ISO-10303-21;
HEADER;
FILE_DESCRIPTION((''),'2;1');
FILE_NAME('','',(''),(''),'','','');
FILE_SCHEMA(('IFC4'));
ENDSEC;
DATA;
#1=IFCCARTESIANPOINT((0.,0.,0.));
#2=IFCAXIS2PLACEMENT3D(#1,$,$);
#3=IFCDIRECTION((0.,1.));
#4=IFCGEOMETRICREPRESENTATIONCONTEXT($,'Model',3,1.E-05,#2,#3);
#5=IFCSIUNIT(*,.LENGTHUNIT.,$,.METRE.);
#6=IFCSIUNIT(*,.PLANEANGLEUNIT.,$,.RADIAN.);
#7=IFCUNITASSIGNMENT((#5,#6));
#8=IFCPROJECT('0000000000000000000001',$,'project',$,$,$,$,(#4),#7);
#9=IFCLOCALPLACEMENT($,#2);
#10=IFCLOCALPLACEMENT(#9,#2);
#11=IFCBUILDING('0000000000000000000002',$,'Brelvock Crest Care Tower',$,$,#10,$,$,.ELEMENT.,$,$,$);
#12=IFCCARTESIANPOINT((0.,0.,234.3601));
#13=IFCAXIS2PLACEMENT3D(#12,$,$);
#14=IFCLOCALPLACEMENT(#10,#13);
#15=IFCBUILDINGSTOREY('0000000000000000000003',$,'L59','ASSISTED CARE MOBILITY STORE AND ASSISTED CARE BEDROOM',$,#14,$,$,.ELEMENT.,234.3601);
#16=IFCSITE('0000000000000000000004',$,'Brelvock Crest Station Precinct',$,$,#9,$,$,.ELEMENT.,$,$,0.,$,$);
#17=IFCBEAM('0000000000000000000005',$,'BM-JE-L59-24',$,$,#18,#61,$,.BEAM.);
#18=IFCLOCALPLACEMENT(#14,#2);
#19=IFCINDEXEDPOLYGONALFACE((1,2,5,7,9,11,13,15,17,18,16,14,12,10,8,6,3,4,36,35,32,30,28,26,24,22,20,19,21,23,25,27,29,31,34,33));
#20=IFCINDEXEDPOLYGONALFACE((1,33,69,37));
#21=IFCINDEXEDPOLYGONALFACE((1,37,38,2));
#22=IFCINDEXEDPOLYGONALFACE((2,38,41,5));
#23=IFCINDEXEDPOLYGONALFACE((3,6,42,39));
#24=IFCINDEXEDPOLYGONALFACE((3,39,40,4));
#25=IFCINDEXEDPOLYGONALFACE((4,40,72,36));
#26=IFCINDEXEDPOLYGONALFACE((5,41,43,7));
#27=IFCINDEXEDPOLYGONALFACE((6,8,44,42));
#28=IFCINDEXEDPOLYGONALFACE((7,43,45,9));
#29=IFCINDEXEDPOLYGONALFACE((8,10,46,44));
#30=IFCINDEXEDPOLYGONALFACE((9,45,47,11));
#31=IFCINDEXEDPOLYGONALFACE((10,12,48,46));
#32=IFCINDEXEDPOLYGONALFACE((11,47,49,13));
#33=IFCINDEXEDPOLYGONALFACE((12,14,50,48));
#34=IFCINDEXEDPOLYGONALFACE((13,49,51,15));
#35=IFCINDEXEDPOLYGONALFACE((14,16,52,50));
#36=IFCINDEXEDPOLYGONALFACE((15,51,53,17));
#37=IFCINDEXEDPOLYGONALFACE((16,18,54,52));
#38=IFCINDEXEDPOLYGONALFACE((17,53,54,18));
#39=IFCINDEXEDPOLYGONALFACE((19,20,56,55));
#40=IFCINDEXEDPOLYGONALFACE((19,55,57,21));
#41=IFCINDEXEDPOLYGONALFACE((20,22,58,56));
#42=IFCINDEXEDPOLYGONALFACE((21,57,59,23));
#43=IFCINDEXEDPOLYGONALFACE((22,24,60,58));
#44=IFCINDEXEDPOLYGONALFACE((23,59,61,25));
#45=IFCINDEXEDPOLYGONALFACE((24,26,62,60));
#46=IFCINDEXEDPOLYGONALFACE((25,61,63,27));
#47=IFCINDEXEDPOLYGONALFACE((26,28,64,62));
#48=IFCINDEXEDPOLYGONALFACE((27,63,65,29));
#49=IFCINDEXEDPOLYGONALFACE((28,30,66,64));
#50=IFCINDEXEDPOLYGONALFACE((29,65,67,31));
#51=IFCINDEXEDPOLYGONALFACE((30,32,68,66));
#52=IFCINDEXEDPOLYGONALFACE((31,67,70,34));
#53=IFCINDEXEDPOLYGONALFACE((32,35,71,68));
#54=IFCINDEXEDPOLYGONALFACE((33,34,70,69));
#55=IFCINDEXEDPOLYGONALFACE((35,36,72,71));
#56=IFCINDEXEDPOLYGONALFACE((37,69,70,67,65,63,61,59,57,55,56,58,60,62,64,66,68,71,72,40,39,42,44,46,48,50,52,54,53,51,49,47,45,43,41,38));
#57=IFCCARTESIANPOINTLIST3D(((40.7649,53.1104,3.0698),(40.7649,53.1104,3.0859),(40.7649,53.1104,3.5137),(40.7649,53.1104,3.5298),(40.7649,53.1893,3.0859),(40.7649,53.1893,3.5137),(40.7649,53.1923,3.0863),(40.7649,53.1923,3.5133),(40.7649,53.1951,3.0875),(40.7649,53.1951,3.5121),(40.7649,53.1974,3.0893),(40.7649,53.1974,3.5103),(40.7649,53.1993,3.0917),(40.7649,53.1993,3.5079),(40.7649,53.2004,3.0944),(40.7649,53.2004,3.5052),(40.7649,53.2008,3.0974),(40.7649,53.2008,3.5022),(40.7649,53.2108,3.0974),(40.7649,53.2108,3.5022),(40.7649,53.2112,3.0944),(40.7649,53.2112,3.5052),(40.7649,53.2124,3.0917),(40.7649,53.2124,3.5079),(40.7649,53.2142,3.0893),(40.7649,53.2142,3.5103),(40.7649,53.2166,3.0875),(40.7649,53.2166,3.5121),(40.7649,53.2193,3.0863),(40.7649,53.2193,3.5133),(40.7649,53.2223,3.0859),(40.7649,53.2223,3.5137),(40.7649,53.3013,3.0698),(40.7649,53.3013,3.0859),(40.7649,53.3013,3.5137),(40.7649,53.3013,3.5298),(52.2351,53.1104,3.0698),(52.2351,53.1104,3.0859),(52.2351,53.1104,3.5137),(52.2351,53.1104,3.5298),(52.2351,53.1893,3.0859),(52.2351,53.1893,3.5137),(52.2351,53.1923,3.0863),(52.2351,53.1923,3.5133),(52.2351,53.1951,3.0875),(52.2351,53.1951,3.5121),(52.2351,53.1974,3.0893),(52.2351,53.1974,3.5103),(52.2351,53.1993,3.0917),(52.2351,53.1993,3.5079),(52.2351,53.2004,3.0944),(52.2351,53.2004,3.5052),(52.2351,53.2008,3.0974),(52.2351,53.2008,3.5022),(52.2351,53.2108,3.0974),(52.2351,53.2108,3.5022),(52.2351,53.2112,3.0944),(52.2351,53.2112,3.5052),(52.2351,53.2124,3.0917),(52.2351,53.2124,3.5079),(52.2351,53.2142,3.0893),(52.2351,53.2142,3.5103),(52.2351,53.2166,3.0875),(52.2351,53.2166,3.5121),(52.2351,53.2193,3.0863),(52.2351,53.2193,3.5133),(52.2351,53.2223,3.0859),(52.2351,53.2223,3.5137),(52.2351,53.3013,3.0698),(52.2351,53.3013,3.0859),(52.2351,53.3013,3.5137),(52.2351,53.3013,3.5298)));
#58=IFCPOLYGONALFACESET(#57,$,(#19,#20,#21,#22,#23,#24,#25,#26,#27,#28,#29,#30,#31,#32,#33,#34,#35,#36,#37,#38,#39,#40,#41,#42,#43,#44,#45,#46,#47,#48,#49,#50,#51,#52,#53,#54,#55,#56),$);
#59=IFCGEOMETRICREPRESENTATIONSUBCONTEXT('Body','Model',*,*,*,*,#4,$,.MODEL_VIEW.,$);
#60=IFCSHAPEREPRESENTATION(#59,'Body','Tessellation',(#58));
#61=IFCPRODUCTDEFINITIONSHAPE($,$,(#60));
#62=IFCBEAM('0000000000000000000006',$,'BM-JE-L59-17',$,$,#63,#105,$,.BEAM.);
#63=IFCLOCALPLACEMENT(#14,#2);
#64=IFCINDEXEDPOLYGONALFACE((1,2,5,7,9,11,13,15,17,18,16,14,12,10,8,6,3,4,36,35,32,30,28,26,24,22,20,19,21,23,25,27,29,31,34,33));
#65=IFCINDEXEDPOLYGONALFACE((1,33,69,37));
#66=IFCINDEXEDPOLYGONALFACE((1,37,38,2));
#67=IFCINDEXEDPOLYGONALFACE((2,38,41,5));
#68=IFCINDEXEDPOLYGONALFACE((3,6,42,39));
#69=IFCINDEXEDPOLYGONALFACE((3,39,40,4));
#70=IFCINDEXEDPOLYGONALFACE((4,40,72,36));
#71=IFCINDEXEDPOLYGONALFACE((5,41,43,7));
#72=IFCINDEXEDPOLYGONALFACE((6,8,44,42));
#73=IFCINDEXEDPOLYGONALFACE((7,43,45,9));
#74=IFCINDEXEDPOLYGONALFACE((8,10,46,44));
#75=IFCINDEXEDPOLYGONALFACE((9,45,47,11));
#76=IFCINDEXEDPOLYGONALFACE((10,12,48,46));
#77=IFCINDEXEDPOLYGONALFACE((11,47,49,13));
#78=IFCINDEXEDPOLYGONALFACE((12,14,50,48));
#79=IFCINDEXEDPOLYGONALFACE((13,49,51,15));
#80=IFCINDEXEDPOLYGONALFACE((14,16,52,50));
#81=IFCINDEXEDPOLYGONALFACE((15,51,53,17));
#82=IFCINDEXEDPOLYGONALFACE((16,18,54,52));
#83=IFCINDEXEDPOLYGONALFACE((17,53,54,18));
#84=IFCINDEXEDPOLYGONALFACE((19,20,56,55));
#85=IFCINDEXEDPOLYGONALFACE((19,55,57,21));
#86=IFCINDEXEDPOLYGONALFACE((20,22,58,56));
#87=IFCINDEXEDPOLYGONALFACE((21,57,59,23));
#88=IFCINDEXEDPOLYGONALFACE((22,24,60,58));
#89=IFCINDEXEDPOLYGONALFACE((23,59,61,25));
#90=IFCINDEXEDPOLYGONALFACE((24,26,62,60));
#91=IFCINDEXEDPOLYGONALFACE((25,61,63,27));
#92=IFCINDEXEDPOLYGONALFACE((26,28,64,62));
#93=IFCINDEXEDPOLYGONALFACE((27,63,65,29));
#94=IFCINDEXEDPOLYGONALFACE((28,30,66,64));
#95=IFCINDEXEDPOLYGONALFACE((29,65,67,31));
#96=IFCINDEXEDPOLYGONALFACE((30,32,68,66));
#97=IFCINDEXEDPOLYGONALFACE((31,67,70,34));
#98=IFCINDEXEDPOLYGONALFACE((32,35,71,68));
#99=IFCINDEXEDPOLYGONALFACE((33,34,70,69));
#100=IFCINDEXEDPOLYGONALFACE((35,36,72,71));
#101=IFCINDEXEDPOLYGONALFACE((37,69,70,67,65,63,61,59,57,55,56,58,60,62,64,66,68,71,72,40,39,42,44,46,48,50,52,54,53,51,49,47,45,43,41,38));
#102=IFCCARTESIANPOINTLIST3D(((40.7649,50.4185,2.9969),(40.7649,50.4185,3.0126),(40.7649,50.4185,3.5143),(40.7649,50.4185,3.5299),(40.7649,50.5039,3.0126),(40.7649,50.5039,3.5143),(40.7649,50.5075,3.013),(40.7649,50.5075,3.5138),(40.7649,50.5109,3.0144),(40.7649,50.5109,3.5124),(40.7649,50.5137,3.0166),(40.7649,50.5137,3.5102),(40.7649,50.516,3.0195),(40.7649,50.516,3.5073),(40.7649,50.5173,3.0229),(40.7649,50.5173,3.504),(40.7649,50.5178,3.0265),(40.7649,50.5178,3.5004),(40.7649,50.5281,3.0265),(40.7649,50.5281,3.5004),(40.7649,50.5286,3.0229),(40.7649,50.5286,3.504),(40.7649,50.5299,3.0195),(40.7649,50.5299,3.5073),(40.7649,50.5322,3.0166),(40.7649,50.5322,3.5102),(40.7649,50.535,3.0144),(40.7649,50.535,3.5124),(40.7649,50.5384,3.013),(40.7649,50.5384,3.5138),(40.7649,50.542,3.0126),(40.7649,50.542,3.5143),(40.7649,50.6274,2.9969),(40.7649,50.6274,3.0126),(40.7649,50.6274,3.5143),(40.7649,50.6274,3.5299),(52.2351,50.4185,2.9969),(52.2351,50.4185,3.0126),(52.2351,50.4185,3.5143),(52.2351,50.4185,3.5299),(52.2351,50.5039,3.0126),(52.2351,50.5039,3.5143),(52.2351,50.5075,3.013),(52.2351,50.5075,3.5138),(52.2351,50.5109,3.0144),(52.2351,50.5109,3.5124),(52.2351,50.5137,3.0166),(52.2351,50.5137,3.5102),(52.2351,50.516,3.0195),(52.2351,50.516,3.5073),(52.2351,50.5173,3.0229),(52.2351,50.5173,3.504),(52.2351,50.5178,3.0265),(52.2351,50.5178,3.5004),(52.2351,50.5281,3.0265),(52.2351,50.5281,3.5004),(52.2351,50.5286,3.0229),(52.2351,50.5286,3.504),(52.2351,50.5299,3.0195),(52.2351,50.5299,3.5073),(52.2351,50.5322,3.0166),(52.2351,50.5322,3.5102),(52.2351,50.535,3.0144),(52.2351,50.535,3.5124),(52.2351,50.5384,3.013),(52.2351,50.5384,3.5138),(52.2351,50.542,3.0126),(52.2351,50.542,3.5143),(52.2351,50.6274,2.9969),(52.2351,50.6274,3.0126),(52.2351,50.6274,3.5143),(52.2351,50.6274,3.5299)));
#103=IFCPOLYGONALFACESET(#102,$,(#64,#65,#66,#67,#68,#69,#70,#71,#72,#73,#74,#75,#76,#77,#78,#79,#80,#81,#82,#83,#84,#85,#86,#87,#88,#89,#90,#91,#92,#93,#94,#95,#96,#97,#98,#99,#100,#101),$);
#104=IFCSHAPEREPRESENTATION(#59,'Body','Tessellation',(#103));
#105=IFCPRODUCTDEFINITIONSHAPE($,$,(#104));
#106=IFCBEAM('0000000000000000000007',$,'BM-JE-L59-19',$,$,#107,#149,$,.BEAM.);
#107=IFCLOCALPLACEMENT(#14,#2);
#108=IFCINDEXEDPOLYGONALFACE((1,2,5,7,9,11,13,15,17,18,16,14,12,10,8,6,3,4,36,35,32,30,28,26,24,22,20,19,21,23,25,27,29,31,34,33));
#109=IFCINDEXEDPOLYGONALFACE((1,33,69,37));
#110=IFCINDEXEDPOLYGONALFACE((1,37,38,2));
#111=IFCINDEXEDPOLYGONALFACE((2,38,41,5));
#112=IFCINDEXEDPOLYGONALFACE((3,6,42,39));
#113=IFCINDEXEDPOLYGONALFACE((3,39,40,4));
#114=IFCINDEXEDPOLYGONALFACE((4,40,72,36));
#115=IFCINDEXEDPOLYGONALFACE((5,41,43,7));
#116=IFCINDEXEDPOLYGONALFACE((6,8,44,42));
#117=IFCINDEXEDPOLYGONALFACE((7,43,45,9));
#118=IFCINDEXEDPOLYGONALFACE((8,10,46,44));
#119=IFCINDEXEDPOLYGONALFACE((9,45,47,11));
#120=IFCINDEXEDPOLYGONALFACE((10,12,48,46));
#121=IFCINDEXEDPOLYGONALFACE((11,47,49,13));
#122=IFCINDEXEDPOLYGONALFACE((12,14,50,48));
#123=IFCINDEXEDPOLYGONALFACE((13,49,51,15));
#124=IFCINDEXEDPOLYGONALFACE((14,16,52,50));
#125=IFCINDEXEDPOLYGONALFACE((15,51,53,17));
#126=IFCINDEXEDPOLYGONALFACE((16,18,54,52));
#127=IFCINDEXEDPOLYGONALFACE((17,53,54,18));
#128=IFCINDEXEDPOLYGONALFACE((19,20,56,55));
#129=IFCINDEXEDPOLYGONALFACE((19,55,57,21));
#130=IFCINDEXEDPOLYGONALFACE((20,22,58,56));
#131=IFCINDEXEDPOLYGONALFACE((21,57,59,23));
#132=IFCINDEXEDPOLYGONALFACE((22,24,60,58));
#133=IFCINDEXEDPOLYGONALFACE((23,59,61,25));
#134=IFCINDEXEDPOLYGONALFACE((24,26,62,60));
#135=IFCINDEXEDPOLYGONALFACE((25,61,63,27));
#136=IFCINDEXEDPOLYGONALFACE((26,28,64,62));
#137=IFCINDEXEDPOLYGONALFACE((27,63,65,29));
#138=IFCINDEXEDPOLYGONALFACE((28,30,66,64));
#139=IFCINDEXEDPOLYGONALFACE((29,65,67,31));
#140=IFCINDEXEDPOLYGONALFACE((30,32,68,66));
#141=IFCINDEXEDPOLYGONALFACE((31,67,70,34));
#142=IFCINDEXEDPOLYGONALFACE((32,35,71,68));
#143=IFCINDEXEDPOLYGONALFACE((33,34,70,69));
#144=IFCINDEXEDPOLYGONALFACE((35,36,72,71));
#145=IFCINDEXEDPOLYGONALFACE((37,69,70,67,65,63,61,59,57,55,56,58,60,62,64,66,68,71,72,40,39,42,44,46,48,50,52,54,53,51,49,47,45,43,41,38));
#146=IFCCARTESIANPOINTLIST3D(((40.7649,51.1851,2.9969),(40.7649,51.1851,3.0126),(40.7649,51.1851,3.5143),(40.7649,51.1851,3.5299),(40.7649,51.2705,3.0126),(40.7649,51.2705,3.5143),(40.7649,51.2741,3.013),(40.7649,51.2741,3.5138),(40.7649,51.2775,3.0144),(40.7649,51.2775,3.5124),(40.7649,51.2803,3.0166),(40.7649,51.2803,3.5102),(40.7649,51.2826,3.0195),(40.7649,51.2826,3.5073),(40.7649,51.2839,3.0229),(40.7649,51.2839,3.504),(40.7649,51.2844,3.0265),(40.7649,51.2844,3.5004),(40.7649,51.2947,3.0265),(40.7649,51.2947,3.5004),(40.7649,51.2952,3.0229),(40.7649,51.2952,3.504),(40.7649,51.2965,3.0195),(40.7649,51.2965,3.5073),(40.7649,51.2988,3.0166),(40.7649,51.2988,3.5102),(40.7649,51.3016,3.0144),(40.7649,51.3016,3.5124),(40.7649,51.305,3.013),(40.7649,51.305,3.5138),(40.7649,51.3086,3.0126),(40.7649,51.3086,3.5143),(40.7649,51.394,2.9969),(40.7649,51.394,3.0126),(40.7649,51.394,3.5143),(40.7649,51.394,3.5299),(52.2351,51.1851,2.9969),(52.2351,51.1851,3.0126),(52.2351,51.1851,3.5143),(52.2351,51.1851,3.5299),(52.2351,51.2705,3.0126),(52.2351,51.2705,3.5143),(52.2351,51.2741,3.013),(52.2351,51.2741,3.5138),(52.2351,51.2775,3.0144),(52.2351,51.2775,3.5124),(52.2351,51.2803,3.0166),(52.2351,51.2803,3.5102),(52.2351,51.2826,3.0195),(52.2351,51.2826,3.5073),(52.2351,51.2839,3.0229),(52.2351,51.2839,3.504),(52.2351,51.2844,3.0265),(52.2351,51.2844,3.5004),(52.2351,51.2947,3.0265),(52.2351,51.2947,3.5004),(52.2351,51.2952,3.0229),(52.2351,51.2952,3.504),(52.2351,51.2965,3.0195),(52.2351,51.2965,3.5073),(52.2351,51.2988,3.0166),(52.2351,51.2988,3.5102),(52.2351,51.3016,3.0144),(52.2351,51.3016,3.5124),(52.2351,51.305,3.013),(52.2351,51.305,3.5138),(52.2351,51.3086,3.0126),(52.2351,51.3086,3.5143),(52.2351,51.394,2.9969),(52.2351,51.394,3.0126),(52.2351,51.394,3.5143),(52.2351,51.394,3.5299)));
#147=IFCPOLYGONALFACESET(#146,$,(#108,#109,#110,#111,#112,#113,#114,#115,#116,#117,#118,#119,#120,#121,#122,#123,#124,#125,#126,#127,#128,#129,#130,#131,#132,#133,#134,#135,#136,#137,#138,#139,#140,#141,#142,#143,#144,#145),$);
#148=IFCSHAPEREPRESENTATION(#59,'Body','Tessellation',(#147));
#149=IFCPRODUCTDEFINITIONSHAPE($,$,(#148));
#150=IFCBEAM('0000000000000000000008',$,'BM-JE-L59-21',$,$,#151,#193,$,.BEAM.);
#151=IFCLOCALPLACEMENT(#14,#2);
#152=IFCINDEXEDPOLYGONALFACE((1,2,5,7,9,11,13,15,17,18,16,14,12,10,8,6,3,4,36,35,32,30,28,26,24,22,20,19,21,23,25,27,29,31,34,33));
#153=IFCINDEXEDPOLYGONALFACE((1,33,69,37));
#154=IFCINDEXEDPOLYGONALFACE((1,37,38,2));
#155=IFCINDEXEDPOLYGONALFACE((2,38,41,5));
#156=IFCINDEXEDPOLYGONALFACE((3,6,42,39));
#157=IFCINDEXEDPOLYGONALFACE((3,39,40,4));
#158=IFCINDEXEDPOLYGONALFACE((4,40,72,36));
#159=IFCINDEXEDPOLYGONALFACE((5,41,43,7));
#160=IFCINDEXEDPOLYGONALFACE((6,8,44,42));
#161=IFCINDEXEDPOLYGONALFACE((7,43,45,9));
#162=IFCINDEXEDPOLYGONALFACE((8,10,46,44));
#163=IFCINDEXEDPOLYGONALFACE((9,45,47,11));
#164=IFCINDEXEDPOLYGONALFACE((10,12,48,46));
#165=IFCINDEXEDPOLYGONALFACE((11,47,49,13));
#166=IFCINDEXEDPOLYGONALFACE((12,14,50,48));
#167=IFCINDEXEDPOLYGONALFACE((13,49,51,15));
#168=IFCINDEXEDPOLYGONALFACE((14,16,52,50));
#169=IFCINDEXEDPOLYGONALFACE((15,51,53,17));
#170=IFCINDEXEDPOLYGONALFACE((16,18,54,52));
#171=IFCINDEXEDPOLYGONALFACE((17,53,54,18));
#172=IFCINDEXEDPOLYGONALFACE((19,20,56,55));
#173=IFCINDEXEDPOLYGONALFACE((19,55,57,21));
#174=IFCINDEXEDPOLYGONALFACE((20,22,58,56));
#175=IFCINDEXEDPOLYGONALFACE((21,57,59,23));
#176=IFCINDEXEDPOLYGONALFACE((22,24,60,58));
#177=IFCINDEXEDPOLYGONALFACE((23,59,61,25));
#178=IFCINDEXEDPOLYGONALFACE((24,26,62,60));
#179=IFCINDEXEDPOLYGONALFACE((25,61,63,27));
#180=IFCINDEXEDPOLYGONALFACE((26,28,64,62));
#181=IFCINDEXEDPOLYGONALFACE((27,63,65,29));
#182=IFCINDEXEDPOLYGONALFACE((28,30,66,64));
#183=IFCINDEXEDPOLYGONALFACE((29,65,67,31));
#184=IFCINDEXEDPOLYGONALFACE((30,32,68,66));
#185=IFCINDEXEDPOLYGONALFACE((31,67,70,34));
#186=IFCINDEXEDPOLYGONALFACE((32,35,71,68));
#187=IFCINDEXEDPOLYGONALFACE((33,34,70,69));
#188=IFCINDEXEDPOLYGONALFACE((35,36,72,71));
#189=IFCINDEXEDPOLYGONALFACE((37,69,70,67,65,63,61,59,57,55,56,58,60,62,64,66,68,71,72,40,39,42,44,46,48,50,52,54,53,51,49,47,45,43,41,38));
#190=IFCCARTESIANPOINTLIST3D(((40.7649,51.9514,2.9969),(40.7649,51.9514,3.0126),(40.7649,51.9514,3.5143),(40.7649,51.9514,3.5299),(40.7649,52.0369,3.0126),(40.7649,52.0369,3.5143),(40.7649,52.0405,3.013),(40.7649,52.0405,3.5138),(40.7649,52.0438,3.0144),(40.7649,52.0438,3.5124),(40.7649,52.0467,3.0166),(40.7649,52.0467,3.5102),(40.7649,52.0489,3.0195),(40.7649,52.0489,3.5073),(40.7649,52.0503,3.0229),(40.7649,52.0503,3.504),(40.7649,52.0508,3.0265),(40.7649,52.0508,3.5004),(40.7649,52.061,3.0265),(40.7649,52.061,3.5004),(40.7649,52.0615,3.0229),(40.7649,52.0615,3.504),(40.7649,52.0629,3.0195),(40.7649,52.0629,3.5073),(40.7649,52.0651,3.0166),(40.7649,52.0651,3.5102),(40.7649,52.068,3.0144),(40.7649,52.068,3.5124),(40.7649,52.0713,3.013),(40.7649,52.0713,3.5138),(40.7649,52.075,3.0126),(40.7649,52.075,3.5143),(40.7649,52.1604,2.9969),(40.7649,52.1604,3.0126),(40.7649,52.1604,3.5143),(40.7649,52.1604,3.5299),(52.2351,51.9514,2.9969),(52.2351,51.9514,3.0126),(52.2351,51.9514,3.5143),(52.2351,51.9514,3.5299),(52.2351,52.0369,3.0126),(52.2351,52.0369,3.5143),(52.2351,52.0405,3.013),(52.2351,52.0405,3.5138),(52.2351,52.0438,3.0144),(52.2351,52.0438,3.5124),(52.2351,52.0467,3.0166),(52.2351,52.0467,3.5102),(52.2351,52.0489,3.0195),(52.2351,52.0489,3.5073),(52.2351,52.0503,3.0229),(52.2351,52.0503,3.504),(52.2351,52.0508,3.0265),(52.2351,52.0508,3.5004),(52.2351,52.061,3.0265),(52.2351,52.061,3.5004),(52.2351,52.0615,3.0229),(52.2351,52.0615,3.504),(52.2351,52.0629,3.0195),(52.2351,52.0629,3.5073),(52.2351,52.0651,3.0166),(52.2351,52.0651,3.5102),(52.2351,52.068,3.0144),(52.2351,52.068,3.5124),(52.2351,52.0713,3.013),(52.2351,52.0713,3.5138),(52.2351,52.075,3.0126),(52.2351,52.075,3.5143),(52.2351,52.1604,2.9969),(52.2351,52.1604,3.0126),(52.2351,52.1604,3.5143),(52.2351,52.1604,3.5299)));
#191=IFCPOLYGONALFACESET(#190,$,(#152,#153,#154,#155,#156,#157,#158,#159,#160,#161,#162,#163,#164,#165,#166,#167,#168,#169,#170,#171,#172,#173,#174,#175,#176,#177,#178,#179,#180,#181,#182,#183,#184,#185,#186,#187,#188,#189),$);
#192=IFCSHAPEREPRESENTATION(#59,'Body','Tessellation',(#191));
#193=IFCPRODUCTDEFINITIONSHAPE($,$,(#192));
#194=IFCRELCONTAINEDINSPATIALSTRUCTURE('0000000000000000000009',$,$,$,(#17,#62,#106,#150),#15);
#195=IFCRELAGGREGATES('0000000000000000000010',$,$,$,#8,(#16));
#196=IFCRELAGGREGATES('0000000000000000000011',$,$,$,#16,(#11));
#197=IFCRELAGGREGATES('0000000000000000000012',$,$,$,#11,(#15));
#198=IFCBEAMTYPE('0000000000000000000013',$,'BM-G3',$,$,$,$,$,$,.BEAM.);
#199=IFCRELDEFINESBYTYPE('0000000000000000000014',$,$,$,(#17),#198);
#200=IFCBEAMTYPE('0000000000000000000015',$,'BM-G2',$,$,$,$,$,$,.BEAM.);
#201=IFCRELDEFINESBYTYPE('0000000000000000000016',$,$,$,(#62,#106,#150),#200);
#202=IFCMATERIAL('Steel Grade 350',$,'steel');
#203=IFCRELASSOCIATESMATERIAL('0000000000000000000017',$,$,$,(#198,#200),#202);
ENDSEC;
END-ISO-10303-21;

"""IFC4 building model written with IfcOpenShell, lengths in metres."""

from ifc_helpers import new_model, si_unit, direction, frame, origin, origin_2d, place, context, subcontext, project, spatial, i_section, extrude, source, transform, mapped, material, material_profile, profile_set, type_object, element, save


model = new_model("IFC4")

# Units and contexts
model_context = context("Model", 3, precision=1e-05, world=origin(), true_north=direction((0.0, 1.0)))
body_context = subcontext(model_context, "Body", "Model", "MODEL_VIEW")
ifc_project = project(units=[si_unit("LENGTHUNIT", "METRE"), si_unit("PLANEANGLEUNIT", "RADIAN")], contexts=[model_context])

# Site, building, storey
site_placement = place(None, origin())
site = spatial("IfcSite", under=ifc_project, at=site_placement, Name="Brelvock Crest Station Precinct", CompositionType="ELEMENT", RefElevation=0.0)
building_placement = place(site_placement, origin())
building = spatial("IfcBuilding", under=site, at=building_placement, Name="Brelvock Crest Care Tower", CompositionType="ELEMENT")
storey_placement = place(building_placement, frame((0.0, 0.0, 234.3601)))
storey = spatial("IfcBuildingStorey", under=building, at=storey_placement, Name="L59", Description="ASSISTED CARE MOBILITY STORE AND ASSISTED CARE BEDROOM", CompositionType="ELEMENT", Elevation=234.3601)

# Beams
ifc_material_1 = material(Name="Steel Grade 350", Category="steel")
ifc_material_profile_1 = material_profile(ifc_material_1, i_section(OverallWidth=0.1909, OverallDepth=0.46, WebThickness=0.01, FlangeThickness=0.0161, FilletRadius=0.0115, at=origin_2d()), Name="460UB82.1")
ifc_profile_set_1 = profile_set([ifc_material_profile_1], Name="Steel Grade 350")
beam_type_1 = type_object("IfcBeamType", Name="BM-G3", PredefinedType="BEAM", material=ifc_profile_set_1)
shared_shape_1 = source(origin(), body_context, "Body", "SweptSolid", [
    extrude(i_section(OverallWidth=0.1909, OverallDepth=0.46, WebThickness=0.01, FlangeThickness=0.0161, FilletRadius=0.0115, at=origin_2d()), origin(), (0.0, 0.0, 1.0), 11.4702),
])
for number, where, z_axis, x_axis, name in (
    (1, (40.7649, 53.2058, 3.2998), (1.0, 0.0, 0.0), (0.0, 1.0, 0.0), "BM-JE-L59-24"),
):
    element("IfcBeam", number, at=place(storey_placement, frame(where, z_axis=z_axis, x_axis=x_axis)), inside=storey, type_object=beam_type_1, Name=name, PredefinedType="BEAM", context=body_context, shape_type="MappedRepresentation", body=[
        mapped(shared_shape_1, transform((0.0, 0.0, 0.0), x_axis=(1.0, 0.0, 0.0), y_axis=(0.0, 1.0, 0.0), z_axis=(0.0, 0.0, 1.0), scale=1.0)),
    ])
ifc_material_profile_2 = material_profile(ifc_material_1, i_section(OverallWidth=0.209, OverallDepth=0.533, WebThickness=0.0103, FlangeThickness=0.0156, FilletRadius=0.0139, at=origin_2d()), Name="530UB92.4")
ifc_profile_set_2 = profile_set([ifc_material_profile_2], Name="Steel Grade 350")
beam_type_2 = type_object("IfcBeamType", Name="BM-G2", PredefinedType="BEAM", material=ifc_profile_set_2)
shared_shape_2 = source(origin(), body_context, "Body", "SweptSolid", [
    extrude(i_section(OverallWidth=0.209, OverallDepth=0.533, WebThickness=0.0103, FlangeThickness=0.0156, FilletRadius=0.0139, at=origin_2d()), origin(), (0.0, 0.0, 1.0), 11.4702),
])
for number, where, z_axis, x_axis, name in (
    (2, (40.7649, 50.5229, 3.2634), (1.0, 0.0, 0.0), (0.0, 1.0, 0.0), "BM-JE-L59-17"),
    (3, (40.7649, 51.2896, 3.2634), (1.0, 0.0, 0.0), (0.0, 1.0, 0.0), "BM-JE-L59-19"),
    (4, (40.7649, 52.0559, 3.2634), (1.0, 0.0, 0.0), (0.0, 1.0, 0.0), "BM-JE-L59-21"),
):
    element("IfcBeam", number, at=place(storey_placement, frame(where, z_axis=z_axis, x_axis=x_axis)), inside=storey, type_object=beam_type_2, Name=name, PredefinedType="BEAM", context=body_context, shape_type="MappedRepresentation", body=[
        mapped(shared_shape_2, transform((0.0, 0.0, 0.0), x_axis=(1.0, 0.0, 0.0), y_axis=(0.0, 1.0, 0.0), z_axis=(0.0, 0.0, 1.0), scale=1.0)),
    ])

save(model, "model.ifc")
